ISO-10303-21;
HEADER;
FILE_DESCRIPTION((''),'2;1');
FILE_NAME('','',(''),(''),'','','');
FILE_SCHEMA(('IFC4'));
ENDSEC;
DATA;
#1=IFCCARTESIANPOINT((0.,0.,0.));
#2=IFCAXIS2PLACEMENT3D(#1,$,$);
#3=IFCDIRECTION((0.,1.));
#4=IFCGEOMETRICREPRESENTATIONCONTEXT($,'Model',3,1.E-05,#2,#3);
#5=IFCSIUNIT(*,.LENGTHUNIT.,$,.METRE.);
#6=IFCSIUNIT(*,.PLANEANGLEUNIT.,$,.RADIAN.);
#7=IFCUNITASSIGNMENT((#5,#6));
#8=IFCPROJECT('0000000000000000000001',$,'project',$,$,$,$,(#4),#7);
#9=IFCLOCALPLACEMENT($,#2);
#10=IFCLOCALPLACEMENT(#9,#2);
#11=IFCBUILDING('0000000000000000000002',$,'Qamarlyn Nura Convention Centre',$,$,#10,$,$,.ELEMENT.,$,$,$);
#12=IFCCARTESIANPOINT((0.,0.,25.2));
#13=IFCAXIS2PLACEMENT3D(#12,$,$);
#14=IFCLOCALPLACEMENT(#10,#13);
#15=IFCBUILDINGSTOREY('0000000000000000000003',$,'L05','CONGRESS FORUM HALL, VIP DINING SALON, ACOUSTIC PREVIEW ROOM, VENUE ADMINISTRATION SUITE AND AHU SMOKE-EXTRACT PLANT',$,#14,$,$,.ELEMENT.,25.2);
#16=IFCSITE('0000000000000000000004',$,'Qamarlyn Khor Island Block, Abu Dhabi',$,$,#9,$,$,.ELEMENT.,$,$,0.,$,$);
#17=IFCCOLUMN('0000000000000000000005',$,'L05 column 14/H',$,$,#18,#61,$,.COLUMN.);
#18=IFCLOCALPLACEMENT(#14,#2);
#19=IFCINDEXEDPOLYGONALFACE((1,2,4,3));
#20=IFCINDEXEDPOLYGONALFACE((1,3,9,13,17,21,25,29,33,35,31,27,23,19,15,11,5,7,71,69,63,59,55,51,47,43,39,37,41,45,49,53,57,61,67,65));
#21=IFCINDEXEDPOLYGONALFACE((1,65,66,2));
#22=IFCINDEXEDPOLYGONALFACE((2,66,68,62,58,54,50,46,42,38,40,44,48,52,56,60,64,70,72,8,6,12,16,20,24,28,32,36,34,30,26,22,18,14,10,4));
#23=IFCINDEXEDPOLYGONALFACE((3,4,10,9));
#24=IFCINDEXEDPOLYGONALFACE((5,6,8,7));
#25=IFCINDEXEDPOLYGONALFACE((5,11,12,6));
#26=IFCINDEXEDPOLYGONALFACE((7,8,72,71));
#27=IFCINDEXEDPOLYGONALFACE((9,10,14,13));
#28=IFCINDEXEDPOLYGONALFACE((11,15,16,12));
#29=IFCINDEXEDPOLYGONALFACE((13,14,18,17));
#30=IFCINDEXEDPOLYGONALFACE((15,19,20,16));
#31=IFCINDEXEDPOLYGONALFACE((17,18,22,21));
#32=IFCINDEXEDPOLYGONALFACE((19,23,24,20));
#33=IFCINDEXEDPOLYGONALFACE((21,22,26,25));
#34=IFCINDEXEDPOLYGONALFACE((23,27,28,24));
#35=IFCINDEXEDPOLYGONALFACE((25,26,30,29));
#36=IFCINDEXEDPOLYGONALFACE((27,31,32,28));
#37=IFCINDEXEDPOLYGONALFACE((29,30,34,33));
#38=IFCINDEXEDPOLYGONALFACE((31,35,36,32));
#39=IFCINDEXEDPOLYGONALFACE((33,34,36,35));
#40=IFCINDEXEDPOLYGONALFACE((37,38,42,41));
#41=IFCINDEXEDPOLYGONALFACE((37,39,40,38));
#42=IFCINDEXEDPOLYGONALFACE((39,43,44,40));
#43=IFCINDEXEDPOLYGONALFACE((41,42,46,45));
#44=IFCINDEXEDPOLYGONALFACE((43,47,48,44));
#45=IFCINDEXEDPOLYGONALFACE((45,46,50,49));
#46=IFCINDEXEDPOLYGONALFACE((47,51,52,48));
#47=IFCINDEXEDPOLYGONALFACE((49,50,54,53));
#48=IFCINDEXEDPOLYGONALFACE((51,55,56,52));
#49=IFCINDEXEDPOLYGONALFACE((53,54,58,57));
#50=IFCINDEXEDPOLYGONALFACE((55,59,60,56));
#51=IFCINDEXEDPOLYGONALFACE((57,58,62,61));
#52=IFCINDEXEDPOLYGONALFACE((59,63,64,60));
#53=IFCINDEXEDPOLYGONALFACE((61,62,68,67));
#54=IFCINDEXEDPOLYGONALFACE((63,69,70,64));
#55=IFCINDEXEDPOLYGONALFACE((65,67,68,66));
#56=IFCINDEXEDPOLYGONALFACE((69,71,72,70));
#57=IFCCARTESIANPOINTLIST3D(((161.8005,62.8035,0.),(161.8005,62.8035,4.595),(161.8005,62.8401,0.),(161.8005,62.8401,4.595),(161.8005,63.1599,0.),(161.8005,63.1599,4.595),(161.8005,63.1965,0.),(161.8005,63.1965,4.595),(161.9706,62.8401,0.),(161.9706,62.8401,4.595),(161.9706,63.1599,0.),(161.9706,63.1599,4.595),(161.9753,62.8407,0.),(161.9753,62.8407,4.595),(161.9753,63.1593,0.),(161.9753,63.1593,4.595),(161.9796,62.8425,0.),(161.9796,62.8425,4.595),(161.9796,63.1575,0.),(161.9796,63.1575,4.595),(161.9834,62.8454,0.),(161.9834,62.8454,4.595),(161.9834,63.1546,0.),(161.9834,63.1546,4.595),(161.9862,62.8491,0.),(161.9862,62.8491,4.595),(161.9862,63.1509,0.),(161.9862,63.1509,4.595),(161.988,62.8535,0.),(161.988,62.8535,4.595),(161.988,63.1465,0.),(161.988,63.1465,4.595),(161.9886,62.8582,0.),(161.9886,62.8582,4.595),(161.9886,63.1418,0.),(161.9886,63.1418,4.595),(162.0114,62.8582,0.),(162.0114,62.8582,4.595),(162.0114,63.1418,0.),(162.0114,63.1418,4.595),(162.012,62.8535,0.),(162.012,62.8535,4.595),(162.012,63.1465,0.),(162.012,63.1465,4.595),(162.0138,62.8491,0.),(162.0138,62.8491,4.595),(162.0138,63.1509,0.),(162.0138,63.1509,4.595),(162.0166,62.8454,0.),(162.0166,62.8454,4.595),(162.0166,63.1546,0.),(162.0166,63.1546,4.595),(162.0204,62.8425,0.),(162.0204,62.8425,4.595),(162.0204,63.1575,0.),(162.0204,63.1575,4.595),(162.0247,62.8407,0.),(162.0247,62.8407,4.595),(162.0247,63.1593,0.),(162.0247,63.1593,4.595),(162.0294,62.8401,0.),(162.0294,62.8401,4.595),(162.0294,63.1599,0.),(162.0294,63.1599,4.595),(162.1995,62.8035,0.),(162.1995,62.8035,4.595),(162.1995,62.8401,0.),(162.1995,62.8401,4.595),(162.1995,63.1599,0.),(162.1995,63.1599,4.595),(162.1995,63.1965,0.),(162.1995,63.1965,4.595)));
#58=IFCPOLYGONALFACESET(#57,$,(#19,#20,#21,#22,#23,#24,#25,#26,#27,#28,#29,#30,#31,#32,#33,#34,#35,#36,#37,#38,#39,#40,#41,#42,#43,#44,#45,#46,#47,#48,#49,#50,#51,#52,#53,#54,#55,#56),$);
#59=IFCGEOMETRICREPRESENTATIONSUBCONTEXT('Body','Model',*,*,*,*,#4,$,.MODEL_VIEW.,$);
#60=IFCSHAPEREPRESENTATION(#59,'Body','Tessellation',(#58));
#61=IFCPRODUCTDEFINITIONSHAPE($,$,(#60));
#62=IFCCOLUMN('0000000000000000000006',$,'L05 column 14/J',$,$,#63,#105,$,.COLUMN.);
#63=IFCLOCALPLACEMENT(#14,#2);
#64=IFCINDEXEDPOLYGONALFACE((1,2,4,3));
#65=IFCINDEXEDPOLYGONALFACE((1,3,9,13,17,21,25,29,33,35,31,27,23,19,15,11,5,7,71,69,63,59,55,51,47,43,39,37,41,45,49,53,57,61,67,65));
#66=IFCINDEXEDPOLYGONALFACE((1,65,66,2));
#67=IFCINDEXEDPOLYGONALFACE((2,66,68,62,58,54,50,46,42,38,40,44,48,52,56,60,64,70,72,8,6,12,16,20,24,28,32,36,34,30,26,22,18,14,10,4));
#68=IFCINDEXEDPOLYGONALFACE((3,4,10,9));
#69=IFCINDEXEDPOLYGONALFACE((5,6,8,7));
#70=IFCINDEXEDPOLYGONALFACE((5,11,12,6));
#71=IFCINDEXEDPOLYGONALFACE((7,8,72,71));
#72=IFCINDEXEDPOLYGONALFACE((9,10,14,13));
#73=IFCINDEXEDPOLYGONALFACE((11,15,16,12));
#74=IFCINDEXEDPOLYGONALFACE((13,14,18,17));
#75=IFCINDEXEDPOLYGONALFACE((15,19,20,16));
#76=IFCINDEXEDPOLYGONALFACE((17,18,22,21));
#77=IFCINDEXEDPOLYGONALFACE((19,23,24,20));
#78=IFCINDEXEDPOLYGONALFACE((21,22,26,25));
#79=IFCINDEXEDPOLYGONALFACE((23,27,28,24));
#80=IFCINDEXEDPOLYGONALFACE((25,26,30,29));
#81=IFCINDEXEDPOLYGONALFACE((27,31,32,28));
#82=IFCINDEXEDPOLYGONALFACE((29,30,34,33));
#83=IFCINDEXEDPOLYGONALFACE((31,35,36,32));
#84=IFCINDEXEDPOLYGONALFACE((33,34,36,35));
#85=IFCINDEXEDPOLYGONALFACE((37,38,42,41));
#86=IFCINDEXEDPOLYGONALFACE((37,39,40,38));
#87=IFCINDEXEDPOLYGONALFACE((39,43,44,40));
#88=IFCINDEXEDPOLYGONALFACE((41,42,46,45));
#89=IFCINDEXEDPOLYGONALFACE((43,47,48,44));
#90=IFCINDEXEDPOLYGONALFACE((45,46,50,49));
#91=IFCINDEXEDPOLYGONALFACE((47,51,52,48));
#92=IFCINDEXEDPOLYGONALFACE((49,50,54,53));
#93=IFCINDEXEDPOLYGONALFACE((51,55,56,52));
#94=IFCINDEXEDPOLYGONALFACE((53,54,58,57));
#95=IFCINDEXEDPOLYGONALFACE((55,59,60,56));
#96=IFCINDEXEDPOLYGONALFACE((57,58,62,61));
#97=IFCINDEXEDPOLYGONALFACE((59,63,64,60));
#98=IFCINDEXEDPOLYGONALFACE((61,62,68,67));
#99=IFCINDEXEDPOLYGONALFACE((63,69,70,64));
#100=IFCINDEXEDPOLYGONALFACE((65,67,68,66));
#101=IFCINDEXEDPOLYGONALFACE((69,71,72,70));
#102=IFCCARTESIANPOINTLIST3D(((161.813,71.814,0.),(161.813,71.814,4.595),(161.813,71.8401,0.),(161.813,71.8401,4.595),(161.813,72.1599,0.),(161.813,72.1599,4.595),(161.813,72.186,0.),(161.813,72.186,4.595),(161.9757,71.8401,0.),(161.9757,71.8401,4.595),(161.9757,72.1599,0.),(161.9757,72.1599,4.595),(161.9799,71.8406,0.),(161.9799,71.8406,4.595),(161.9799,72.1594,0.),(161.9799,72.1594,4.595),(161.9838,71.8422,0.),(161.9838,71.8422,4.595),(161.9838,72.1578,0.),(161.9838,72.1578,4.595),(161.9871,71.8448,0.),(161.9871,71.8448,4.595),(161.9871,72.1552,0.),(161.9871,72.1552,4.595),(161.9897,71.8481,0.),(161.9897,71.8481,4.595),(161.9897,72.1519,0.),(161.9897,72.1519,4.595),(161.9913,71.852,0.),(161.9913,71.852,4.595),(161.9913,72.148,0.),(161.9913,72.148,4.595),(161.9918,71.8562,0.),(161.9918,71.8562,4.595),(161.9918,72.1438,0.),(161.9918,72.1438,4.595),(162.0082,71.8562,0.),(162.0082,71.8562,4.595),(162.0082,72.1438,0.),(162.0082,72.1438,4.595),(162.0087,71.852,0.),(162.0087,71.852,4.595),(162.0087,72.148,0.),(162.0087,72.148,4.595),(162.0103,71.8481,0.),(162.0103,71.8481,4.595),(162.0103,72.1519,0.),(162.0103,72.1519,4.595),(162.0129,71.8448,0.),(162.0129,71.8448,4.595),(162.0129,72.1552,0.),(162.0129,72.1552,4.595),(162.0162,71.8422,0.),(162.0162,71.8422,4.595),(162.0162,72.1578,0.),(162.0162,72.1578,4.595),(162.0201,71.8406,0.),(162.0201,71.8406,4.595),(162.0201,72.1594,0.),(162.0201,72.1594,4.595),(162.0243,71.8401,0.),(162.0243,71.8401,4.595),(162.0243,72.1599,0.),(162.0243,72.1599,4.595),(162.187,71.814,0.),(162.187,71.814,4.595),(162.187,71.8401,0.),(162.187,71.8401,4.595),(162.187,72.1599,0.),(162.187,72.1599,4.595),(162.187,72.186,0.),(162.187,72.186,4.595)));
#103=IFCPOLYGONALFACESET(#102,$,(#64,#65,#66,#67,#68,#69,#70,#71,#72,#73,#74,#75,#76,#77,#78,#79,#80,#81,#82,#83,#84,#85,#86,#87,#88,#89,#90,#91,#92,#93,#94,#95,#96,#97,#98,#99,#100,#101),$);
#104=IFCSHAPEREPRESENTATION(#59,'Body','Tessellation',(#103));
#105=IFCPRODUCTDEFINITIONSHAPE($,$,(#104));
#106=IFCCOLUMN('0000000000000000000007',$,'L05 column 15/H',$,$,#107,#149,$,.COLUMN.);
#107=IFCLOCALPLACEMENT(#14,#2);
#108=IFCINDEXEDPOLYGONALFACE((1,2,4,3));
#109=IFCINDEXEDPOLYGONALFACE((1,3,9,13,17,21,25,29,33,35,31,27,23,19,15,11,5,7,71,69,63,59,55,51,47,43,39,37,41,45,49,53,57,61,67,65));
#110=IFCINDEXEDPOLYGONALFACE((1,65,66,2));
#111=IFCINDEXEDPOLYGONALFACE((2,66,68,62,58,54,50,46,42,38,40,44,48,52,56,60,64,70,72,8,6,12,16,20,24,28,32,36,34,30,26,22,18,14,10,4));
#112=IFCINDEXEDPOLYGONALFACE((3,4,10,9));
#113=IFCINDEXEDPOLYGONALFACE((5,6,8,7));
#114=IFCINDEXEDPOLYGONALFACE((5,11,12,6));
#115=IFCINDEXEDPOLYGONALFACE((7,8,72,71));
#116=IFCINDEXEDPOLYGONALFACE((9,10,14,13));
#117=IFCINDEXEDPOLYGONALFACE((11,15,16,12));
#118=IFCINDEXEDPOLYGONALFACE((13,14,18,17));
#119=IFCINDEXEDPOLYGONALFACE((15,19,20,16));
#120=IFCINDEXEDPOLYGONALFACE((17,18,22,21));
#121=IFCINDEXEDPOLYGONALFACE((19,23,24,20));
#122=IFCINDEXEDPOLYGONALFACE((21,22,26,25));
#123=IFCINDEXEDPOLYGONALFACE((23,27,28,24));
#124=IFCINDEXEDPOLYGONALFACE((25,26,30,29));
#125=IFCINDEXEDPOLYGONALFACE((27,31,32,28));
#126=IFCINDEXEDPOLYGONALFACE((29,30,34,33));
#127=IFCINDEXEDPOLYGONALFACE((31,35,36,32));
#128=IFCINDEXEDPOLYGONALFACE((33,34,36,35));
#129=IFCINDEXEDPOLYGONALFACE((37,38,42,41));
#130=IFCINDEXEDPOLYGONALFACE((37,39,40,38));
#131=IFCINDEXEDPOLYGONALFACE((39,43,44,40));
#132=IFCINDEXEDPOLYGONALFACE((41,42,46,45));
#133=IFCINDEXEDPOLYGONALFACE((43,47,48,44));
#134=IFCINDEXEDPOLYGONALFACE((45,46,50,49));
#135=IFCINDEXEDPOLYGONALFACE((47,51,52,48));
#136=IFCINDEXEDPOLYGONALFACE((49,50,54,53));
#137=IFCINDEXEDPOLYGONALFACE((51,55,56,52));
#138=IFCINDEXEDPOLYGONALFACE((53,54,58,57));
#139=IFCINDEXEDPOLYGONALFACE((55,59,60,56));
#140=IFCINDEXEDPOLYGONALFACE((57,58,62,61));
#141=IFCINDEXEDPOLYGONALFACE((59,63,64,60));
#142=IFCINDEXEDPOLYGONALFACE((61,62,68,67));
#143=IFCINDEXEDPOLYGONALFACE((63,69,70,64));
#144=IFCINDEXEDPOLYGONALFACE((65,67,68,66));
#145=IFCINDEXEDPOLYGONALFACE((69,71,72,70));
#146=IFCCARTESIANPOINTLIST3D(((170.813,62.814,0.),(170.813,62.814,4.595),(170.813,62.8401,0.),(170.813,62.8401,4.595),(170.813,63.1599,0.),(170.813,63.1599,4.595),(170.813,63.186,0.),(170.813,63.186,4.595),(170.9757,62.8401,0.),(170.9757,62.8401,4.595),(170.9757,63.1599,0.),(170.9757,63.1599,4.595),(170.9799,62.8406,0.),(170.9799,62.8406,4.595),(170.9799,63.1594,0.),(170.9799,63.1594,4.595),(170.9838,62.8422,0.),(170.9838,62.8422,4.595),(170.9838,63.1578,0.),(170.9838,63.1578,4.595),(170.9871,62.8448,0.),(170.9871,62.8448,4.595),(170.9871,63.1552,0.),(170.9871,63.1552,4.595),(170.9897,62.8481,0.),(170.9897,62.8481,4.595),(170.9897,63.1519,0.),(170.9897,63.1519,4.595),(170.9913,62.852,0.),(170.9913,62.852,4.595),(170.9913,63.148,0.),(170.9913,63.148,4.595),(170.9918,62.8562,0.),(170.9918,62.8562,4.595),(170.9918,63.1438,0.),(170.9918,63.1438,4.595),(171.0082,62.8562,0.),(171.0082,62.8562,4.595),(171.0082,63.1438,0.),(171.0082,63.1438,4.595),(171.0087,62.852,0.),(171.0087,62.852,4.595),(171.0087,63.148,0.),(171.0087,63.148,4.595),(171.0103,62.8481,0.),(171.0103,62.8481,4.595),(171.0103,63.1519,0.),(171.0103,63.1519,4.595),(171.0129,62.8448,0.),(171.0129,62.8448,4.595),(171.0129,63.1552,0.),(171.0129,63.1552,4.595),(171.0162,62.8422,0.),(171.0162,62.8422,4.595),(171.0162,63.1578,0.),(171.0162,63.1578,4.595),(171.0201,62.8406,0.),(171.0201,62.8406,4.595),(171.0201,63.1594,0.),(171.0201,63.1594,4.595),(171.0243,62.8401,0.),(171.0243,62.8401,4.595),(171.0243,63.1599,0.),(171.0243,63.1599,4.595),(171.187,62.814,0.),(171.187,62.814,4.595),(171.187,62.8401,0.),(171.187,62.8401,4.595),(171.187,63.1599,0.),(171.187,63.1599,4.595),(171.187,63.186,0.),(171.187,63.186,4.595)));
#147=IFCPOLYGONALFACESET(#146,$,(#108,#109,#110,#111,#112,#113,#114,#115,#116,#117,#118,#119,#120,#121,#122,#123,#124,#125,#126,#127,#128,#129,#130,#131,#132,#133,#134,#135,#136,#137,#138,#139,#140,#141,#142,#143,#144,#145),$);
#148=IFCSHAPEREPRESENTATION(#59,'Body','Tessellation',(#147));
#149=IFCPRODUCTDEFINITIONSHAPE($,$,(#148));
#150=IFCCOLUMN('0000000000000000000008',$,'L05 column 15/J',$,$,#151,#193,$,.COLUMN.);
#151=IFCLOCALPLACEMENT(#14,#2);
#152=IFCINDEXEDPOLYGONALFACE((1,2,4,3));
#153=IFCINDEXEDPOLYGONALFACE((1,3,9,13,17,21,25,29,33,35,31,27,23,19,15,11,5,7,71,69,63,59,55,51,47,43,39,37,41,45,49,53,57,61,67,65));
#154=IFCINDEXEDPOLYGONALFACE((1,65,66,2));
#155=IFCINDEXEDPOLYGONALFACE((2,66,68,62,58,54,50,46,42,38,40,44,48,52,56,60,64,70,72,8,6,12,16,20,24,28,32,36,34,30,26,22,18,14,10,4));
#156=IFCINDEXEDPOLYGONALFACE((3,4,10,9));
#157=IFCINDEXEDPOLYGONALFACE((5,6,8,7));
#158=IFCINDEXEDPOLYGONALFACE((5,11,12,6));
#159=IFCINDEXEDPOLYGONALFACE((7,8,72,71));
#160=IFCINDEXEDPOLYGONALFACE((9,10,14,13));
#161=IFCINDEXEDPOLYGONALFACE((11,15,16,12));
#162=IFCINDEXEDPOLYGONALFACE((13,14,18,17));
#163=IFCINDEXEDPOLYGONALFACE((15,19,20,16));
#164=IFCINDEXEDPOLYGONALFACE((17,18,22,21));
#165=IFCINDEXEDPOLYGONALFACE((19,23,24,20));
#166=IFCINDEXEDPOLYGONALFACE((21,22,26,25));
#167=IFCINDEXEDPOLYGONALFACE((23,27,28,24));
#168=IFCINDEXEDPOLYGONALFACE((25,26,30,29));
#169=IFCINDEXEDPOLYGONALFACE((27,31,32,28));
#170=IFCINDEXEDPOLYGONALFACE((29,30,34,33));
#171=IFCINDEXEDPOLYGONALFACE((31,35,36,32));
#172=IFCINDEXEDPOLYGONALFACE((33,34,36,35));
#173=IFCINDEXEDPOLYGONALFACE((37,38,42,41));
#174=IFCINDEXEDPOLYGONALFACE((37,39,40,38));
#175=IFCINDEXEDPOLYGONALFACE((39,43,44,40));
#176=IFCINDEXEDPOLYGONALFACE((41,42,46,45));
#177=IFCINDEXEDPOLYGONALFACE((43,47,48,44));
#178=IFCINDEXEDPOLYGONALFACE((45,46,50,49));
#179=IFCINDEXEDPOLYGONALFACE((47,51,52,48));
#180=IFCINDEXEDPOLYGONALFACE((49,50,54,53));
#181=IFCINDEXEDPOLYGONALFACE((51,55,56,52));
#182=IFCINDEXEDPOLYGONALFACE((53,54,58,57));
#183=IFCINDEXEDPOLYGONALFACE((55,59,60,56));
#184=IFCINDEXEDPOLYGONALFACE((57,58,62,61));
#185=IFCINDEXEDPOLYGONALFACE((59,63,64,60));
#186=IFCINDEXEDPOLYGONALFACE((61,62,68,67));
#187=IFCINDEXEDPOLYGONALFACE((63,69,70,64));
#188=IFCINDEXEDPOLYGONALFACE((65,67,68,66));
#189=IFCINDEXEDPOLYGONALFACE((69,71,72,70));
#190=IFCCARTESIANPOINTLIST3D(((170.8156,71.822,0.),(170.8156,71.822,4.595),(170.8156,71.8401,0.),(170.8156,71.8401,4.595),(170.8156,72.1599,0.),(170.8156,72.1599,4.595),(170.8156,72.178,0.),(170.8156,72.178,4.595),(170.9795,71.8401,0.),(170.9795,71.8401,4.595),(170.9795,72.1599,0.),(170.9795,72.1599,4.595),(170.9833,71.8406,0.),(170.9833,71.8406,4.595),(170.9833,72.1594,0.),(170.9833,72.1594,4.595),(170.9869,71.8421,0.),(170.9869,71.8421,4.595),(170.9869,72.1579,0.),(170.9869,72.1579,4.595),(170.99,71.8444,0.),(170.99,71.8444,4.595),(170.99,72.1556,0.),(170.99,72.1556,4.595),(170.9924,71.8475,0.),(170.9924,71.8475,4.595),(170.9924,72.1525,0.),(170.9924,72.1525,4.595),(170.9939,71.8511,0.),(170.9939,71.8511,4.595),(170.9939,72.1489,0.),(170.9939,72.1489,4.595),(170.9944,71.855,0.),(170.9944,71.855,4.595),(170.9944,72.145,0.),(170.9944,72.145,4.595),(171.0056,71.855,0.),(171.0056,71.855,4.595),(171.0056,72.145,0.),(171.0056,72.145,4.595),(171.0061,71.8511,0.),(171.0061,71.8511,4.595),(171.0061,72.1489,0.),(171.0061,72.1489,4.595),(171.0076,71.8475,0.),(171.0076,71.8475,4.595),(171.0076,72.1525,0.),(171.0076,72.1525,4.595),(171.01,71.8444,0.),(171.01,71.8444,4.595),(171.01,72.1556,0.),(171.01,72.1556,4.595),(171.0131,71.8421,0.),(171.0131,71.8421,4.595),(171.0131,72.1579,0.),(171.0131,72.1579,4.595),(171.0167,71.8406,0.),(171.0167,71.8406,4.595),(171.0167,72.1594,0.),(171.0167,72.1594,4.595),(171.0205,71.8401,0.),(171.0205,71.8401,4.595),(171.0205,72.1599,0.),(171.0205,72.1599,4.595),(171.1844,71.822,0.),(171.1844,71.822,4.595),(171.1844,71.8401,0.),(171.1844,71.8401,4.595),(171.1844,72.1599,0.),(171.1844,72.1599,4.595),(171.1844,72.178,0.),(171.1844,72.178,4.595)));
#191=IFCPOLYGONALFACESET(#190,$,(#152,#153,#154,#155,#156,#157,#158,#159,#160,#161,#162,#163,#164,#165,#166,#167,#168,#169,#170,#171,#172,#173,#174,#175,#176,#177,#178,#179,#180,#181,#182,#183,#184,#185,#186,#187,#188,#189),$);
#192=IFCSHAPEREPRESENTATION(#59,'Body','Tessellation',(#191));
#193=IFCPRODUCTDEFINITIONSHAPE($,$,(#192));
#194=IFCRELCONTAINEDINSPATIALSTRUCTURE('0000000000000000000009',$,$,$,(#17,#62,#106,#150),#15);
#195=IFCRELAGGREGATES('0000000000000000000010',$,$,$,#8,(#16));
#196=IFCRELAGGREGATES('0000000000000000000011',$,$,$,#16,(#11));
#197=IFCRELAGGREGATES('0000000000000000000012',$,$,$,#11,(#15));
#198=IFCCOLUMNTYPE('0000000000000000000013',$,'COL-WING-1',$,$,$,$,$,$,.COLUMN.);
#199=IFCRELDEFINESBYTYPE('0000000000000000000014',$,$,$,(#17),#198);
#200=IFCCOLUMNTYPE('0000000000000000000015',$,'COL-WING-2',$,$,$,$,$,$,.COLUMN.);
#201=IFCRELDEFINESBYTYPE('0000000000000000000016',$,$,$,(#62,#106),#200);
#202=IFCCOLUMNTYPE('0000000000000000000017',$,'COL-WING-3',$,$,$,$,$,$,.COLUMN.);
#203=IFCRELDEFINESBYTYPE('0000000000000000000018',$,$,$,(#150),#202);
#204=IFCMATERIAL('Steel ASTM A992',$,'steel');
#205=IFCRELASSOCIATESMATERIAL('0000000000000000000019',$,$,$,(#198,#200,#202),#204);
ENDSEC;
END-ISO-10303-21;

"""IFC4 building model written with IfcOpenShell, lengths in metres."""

from ifc_helpers import new_model, si_unit, direction, frame, origin, origin_2d, place, context, subcontext, project, spatial, i_section, extrude, material, material_profile, profile_set, type_object, element, save


model = new_model("IFC4")

# Units and contexts
model_context = context("Model", 3, precision=1e-05, world=origin(), true_north=direction((0.0, 1.0)))
body_context = subcontext(model_context, "Body", "Model", "MODEL_VIEW")
ifc_project = project(units=[si_unit("LENGTHUNIT", "METRE"), si_unit("PLANEANGLEUNIT", "RADIAN")], contexts=[model_context])

# Site, building, storey
site_placement = place(None, origin())
site = spatial("IfcSite", under=ifc_project, at=site_placement, Name="Qamarlyn Khor Island Block, Abu Dhabi", CompositionType="ELEMENT", RefElevation=0.0)
building_placement = place(site_placement, origin())
building = spatial("IfcBuilding", under=site, at=building_placement, Name="Qamarlyn Nura Convention Centre", CompositionType="ELEMENT")
storey_placement = place(building_placement, frame((0.0, 0.0, 25.2)))
storey = spatial("IfcBuildingStorey", under=building, at=storey_placement, Name="L05", Description="CONGRESS FORUM HALL, VIP DINING SALON, ACOUSTIC PREVIEW ROOM, VENUE ADMINISTRATION SUITE AND AHU SMOKE-EXTRACT PLANT", CompositionType="ELEMENT", Elevation=25.2)

# Columns
ifc_material_1 = material(Name="Steel ASTM A992", Category="steel")
ifc_material_profile_1 = material_profile(ifc_material_1, i_section(OverallWidth=0.3989, OverallDepth=0.3931, WebThickness=0.0227, FlangeThickness=0.0366, FilletRadius=0.0181, at=origin_2d()), Name="W360X287")
ifc_profile_set_1 = profile_set([ifc_material_profile_1], Name="Steel ASTM A992")
column_type_1 = type_object("IfcColumnType", Name="COL-WING-1", PredefinedType="COLUMN", material=ifc_profile_set_1)
column_1_placement = place(storey_placement, frame((162.0, 63.0, 0.0), z_axis=(0.0, 0.0, 1.0), x_axis=(1.0, 0.0, 0.0)))
element("IfcColumn", 1, at=column_1_placement, inside=storey, type_object=column_type_1, Name="L05 column 14/H", PredefinedType="COLUMN", context=body_context, shape_type="SweptSolid", body=[
    extrude(i_section(OverallWidth=0.3989, OverallDepth=0.3931, WebThickness=0.0227, FlangeThickness=0.0366, FilletRadius=0.0181, at=origin_2d()), origin(), (0.0, 0.0, 1.0), 4.595),
])
ifc_material_profile_2 = material_profile(ifc_material_1, i_section(OverallWidth=0.374, OverallDepth=0.3721, WebThickness=0.0164, FlangeThickness=0.0261, FilletRadius=0.0161, at=origin_2d()), Name="W360X196")
ifc_profile_set_2 = profile_set([ifc_material_profile_2], Name="Steel ASTM A992")
column_type_2 = type_object("IfcColumnType", Name="COL-WING-2", PredefinedType="COLUMN", material=ifc_profile_set_2)
for number, where, z_axis, x_axis, name in (
    (2, (162.0, 72.0, 0.0), (0.0, 0.0, 1.0), (1.0, 0.0, 0.0), "L05 column 14/J"),
    (3, (171.0, 63.0, 0.0), (0.0, 0.0, 1.0), (1.0, 0.0, 0.0), "L05 column 15/H"),
):
    element("IfcColumn", number, at=place(storey_placement, frame(where, z_axis=z_axis, x_axis=x_axis)), inside=storey, type_object=column_type_2, Name=name, PredefinedType="COLUMN", context=body_context, shape_type="SweptSolid", body=[
        extrude(i_section(OverallWidth=0.374, OverallDepth=0.3721, WebThickness=0.0164, FlangeThickness=0.0261, FilletRadius=0.0161, at=origin_2d()), origin(), (0.0, 0.0, 1.0), 4.595),
    ])
ifc_material_profile_3 = material_profile(ifc_material_1, i_section(OverallWidth=0.3689, OverallDepth=0.356, WebThickness=0.0112, FlangeThickness=0.0181, FilletRadius=0.0149, at=origin_2d()), Name="W360X134")
ifc_profile_set_3 = profile_set([ifc_material_profile_3], Name="Steel ASTM A992")
column_type_3 = type_object("IfcColumnType", Name="COL-WING-3", PredefinedType="COLUMN", material=ifc_profile_set_3)
column_2_placement = place(storey_placement, frame((171.0, 72.0, 0.0), z_axis=(0.0, 0.0, 1.0), x_axis=(1.0, 0.0, 0.0)))
element("IfcColumn", 4, at=column_2_placement, inside=storey, type_object=column_type_3, Name="L05 column 15/J", PredefinedType="COLUMN", context=body_context, shape_type="SweptSolid", body=[
    extrude(i_section(OverallWidth=0.3689, OverallDepth=0.356, WebThickness=0.0112, FlangeThickness=0.0181, FilletRadius=0.0149, at=origin_2d()), origin(), (0.0, 0.0, 1.0), 4.595),
])

save(model, "model.ifc")
